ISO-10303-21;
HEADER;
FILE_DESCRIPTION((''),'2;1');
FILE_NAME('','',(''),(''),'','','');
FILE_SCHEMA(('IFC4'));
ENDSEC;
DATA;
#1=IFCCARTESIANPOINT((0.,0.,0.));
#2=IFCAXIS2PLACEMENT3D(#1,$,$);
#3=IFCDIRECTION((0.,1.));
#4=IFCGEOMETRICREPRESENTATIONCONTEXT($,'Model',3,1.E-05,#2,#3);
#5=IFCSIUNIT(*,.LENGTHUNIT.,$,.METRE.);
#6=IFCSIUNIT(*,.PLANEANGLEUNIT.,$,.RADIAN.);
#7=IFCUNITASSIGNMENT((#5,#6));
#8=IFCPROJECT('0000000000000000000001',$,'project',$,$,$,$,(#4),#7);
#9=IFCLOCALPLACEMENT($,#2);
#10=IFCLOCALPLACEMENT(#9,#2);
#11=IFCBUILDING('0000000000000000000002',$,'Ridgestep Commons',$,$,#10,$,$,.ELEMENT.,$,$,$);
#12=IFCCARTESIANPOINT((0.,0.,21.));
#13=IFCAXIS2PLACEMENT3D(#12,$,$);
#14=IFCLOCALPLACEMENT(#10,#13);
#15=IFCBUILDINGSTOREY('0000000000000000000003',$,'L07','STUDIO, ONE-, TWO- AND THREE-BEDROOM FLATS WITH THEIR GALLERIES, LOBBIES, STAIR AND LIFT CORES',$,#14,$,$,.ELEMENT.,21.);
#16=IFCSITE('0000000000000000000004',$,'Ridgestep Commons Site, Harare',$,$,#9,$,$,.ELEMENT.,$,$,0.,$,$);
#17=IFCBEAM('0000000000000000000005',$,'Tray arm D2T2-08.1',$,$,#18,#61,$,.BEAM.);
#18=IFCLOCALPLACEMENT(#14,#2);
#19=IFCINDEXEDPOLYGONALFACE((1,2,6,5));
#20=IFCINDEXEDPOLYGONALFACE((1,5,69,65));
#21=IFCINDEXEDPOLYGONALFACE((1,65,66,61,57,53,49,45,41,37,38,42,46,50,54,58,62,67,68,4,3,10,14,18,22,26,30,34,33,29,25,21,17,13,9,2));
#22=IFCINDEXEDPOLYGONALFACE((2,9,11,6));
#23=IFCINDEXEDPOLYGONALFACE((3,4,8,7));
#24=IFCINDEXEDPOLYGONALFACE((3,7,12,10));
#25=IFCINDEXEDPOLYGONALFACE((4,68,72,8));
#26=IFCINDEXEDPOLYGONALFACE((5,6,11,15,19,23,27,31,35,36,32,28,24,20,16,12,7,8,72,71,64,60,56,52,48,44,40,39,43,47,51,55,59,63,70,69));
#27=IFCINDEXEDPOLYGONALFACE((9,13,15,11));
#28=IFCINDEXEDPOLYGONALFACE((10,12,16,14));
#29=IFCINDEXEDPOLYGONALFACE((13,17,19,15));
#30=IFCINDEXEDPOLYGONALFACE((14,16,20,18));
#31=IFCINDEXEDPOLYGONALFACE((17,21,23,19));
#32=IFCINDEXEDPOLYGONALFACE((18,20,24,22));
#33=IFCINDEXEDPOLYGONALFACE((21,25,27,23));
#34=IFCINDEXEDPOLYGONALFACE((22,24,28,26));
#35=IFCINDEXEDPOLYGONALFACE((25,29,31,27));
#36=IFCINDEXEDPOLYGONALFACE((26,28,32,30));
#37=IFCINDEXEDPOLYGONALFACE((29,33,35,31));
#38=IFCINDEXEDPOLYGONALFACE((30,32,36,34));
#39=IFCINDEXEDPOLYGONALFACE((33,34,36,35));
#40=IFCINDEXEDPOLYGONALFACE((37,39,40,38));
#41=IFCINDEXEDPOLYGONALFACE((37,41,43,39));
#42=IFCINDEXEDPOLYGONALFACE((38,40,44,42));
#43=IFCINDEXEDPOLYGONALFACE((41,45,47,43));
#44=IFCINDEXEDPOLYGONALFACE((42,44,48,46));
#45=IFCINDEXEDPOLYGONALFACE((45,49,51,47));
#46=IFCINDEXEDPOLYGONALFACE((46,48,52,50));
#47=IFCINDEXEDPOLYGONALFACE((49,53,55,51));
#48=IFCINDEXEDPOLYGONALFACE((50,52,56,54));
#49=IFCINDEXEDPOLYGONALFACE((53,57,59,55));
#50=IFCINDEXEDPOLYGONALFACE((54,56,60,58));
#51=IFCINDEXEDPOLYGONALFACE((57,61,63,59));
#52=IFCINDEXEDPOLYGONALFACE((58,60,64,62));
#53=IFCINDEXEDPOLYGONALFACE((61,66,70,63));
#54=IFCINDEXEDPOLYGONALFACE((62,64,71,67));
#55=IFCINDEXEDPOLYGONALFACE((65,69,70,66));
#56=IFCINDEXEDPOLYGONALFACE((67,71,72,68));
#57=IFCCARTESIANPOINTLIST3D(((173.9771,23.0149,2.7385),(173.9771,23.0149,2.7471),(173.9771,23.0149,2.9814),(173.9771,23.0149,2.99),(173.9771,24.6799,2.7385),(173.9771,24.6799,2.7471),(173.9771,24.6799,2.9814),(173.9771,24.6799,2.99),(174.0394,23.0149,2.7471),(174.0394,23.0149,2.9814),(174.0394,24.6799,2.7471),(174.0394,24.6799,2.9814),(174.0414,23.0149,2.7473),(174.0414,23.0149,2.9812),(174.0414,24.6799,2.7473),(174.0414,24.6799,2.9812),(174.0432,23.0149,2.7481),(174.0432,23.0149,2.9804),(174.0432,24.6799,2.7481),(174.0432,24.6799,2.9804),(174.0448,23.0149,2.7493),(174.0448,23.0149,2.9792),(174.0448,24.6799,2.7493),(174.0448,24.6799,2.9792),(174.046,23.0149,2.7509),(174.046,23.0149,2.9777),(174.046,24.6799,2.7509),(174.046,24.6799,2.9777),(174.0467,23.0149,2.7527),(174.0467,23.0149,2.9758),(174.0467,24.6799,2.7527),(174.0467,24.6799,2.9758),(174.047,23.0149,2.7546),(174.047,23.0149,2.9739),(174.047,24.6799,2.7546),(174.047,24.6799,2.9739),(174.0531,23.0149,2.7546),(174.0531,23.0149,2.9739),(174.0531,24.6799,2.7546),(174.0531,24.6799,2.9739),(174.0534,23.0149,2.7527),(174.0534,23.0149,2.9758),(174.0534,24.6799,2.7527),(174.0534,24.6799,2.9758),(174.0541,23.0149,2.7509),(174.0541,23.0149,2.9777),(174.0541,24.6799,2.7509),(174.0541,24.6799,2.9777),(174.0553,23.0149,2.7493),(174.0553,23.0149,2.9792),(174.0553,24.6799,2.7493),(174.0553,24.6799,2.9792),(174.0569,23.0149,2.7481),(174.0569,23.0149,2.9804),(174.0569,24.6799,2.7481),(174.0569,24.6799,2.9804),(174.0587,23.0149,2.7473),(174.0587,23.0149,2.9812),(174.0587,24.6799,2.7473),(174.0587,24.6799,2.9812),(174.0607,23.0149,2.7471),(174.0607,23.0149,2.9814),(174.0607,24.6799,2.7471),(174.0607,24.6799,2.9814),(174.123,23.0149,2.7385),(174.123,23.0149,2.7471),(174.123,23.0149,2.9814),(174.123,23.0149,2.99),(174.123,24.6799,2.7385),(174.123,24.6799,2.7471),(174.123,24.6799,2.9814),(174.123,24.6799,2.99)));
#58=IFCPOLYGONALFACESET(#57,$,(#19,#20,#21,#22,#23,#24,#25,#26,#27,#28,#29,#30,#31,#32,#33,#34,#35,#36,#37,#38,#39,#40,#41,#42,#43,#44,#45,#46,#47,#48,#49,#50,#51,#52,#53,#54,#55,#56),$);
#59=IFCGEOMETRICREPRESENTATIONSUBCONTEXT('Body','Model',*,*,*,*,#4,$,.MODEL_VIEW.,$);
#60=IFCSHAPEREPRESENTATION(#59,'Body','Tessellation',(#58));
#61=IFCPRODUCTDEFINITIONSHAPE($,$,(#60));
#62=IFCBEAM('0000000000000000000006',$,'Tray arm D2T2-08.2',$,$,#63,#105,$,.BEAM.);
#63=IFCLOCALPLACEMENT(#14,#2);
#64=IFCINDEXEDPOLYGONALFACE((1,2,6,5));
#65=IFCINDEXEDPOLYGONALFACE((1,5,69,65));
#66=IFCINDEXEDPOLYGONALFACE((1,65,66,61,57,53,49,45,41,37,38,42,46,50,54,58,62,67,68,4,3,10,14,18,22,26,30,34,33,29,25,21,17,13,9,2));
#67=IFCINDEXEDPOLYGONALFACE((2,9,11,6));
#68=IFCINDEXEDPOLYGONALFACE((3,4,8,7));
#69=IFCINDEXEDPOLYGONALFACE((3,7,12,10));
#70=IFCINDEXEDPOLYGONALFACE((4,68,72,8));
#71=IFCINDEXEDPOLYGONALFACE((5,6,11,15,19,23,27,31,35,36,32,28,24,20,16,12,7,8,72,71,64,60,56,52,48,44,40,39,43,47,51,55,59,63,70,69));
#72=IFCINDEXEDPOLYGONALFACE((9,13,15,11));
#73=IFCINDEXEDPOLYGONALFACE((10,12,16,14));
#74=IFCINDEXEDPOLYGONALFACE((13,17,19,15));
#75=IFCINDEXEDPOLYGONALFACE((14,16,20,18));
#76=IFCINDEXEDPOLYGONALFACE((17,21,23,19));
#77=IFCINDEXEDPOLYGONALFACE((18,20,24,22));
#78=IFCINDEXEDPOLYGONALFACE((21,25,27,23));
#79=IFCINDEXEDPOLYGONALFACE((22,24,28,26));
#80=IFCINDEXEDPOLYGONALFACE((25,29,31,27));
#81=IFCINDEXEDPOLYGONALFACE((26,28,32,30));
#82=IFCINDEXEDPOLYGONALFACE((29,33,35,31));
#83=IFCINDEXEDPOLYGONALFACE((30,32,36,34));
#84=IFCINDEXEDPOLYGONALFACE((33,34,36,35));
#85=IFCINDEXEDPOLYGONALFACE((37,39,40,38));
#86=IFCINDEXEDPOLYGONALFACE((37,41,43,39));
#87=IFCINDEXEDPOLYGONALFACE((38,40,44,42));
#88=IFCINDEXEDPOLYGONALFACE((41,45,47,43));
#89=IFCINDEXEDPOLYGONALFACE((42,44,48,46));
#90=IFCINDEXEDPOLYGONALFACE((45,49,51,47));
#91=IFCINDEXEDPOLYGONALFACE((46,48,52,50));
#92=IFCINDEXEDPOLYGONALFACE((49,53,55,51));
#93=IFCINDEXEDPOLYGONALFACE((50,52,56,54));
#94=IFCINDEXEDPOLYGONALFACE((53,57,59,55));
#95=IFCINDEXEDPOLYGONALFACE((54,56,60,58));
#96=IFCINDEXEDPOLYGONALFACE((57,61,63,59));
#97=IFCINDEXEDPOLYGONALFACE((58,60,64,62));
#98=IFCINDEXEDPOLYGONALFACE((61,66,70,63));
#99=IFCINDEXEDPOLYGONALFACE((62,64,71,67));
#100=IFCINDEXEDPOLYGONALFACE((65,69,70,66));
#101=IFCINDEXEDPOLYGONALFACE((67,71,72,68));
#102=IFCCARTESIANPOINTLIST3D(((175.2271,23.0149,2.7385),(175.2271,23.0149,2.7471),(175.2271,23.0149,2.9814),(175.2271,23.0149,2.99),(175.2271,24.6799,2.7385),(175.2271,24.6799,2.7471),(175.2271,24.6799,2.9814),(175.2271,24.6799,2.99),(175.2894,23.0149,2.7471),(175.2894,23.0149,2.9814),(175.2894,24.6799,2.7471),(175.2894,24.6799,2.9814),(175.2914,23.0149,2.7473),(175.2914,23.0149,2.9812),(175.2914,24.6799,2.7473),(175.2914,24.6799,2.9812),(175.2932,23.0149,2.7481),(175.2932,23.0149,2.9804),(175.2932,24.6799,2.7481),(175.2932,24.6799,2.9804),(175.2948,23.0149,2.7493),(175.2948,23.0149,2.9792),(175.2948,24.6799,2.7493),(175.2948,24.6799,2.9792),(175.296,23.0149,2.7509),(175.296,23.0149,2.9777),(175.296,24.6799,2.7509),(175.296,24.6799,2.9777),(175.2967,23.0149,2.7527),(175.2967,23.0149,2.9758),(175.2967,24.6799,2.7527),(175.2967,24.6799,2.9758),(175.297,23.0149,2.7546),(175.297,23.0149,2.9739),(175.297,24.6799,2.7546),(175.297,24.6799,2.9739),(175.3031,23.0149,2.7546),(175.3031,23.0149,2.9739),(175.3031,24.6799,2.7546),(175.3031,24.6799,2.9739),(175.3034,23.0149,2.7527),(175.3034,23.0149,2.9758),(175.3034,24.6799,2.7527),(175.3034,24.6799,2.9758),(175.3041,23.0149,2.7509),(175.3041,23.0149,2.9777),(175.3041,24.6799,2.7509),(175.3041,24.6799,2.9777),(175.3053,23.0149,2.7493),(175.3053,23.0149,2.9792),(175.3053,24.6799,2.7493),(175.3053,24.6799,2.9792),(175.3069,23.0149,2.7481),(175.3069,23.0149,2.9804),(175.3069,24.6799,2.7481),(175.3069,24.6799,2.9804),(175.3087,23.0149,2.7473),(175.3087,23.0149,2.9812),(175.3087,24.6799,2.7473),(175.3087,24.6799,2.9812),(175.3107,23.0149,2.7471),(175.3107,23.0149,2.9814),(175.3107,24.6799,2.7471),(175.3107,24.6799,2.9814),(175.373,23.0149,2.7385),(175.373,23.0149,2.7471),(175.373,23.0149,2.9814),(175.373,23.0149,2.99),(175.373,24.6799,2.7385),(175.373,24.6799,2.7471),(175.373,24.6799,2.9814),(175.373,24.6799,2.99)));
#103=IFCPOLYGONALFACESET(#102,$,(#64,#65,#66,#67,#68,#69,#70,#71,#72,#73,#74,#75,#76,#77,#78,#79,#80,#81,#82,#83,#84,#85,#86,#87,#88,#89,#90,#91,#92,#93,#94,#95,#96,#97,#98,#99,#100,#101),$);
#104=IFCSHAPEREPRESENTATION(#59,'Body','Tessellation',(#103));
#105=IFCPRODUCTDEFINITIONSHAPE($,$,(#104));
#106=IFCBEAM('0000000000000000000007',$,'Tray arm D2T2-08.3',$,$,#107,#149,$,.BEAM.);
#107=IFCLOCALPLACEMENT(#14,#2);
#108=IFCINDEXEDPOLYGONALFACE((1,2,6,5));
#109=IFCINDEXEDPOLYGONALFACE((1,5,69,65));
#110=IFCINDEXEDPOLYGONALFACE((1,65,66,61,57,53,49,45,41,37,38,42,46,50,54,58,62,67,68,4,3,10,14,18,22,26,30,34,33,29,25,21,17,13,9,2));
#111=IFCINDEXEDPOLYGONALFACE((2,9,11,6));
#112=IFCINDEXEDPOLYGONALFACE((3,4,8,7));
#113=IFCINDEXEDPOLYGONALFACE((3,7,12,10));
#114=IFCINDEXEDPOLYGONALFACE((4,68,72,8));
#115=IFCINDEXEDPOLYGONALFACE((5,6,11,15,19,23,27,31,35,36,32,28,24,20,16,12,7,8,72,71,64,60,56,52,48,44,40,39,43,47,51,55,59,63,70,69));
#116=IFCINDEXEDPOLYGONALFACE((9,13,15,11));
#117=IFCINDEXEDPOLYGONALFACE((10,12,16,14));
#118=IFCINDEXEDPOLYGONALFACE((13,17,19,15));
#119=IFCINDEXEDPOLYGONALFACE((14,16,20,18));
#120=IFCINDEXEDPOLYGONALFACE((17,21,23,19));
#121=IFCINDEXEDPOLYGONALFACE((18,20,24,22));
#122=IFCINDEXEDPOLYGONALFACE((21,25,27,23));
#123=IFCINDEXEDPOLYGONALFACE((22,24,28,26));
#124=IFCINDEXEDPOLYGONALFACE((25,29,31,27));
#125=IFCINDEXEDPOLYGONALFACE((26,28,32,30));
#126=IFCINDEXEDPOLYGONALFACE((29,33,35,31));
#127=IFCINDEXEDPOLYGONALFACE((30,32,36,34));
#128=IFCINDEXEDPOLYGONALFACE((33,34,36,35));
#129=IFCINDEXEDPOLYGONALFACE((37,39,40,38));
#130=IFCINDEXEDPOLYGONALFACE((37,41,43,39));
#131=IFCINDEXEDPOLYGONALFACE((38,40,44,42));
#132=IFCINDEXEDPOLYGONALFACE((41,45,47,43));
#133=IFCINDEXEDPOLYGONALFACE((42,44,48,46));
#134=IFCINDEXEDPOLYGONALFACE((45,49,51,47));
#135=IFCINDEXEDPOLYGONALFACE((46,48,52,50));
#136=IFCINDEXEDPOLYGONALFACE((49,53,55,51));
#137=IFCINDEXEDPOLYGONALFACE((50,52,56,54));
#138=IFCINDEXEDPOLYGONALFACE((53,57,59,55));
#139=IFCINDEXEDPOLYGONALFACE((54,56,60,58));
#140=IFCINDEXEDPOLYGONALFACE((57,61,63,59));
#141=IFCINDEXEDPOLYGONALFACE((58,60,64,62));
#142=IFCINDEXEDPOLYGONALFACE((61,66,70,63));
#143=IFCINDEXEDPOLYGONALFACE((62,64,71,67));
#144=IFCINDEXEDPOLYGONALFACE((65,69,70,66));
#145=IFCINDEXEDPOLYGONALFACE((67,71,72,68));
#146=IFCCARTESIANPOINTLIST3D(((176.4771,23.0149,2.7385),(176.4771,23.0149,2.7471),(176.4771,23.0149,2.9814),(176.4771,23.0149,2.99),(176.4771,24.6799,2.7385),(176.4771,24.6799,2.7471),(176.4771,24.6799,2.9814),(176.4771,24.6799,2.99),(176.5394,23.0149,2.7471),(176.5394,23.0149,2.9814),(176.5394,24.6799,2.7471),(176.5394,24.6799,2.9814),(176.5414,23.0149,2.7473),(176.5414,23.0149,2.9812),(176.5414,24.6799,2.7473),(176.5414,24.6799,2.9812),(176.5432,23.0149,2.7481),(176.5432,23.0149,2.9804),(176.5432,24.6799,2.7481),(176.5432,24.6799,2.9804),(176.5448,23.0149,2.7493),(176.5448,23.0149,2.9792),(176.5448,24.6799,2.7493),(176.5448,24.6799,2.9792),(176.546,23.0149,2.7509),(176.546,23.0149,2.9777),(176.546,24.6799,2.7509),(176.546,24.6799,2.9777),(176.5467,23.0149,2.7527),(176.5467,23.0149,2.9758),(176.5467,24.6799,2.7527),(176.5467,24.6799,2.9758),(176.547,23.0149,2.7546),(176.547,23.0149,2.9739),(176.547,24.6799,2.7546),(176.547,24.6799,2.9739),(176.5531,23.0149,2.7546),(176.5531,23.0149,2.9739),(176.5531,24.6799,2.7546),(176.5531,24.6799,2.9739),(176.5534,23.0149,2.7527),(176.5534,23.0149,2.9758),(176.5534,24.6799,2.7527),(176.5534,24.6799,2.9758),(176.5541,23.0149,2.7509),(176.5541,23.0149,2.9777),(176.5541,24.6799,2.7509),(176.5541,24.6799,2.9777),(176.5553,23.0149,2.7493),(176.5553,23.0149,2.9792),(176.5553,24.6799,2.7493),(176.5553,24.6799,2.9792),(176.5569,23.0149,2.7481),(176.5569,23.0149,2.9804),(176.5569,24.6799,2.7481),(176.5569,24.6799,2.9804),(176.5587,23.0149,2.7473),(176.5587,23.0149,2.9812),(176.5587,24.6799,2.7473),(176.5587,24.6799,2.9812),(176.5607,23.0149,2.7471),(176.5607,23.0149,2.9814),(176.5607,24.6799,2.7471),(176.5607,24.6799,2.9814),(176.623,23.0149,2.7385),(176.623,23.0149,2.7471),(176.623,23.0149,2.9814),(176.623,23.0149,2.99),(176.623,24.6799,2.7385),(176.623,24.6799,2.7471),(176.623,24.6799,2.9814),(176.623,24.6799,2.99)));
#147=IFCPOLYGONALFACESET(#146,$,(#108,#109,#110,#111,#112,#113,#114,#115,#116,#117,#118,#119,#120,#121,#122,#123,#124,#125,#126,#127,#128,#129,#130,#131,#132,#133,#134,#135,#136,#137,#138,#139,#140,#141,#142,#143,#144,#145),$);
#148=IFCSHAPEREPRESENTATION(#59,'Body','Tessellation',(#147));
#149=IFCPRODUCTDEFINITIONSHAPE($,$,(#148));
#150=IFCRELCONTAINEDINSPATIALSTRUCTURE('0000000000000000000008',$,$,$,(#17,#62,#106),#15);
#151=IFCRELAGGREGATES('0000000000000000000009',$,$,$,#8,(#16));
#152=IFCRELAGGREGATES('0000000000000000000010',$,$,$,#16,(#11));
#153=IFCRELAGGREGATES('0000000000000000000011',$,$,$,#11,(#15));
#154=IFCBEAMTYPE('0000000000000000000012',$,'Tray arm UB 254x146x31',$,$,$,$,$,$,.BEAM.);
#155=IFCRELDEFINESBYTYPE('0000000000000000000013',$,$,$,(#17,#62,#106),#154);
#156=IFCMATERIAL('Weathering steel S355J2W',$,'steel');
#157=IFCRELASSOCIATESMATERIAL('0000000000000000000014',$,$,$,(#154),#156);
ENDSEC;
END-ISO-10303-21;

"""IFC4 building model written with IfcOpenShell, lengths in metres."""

from ifc_helpers import new_model, si_unit, direction, frame, origin, origin_2d, place, context, subcontext, project, spatial, i_section, extrude, material, material_profile, profile_set, type_object, element, save


model = new_model("IFC4")

# Units and contexts
model_context = context("Model", 3, precision=1e-05, world=origin(), true_north=direction((0.0, 1.0)))
body_context = subcontext(model_context, "Body", "Model", "MODEL_VIEW")
ifc_project = project(units=[si_unit("LENGTHUNIT", "METRE"), si_unit("PLANEANGLEUNIT", "RADIAN")], contexts=[model_context])

# Site, building, storey
site_placement = place(None, origin())
site = spatial("IfcSite", under=ifc_project, at=site_placement, Name="Ridgestep Commons Site, Harare", CompositionType="ELEMENT", RefElevation=0.0)
building_placement = place(site_placement, origin())
building = spatial("IfcBuilding", under=site, at=building_placement, Name="Ridgestep Commons", CompositionType="ELEMENT")
storey_placement = place(building_placement, frame((0.0, 0.0, 21.0)))
storey = spatial("IfcBuildingStorey", under=building, at=storey_placement, Name="L07", Description="STUDIO, ONE-, TWO- AND THREE-BEDROOM FLATS WITH THEIR GALLERIES, LOBBIES, STAIR AND LIFT CORES", CompositionType="ELEMENT", Elevation=21.0)

# Beams
ifc_material_1 = material(Name="Weathering steel S355J2W", Category="steel")
ifc_material_profile_1 = material_profile(ifc_material_1, i_section(OverallWidth=0.146, OverallDepth=0.2515, WebThickness=0.0061, FlangeThickness=0.0085, FilletRadius=0.0076, at=origin_2d()), Name="UB 254x146x31")
ifc_profile_set_1 = profile_set([ifc_material_profile_1], Name="Weathering steel S355J2W")
beam_type_1 = type_object("IfcBeamType", Name="Tray arm UB 254x146x31", PredefinedType="BEAM", material=ifc_profile_set_1)
for number, where, z_axis, x_axis, name in (
    (1, (174.05, 23.0149, 2.8643), (0.0, 1.0, 0.0), (-1.0, 0.0, 0.0), "Tray arm D2T2-08.1"),
    (2, (175.3, 23.0149, 2.8643), (0.0, 1.0, 0.0), (-1.0, 0.0, 0.0), "Tray arm D2T2-08.2"),
    (3, (176.55, 23.0149, 2.8643), (0.0, 1.0, 0.0), (-1.0, 0.0, 0.0), "Tray arm D2T2-08.3"),
):
    element("IfcBeam", number, at=place(storey_placement, frame(where, z_axis=z_axis, x_axis=x_axis)), inside=storey, type_object=beam_type_1, Name=name, PredefinedType="BEAM", context=body_context, shape_type="SweptSolid", body=[
        extrude(i_section(OverallWidth=0.146, OverallDepth=0.2515, WebThickness=0.0061, FlangeThickness=0.0085, FilletRadius=0.0076, at=origin_2d()), origin(), (0.0, 0.0, 1.0), 1.665),
    ])

save(model, "model.ifc")
